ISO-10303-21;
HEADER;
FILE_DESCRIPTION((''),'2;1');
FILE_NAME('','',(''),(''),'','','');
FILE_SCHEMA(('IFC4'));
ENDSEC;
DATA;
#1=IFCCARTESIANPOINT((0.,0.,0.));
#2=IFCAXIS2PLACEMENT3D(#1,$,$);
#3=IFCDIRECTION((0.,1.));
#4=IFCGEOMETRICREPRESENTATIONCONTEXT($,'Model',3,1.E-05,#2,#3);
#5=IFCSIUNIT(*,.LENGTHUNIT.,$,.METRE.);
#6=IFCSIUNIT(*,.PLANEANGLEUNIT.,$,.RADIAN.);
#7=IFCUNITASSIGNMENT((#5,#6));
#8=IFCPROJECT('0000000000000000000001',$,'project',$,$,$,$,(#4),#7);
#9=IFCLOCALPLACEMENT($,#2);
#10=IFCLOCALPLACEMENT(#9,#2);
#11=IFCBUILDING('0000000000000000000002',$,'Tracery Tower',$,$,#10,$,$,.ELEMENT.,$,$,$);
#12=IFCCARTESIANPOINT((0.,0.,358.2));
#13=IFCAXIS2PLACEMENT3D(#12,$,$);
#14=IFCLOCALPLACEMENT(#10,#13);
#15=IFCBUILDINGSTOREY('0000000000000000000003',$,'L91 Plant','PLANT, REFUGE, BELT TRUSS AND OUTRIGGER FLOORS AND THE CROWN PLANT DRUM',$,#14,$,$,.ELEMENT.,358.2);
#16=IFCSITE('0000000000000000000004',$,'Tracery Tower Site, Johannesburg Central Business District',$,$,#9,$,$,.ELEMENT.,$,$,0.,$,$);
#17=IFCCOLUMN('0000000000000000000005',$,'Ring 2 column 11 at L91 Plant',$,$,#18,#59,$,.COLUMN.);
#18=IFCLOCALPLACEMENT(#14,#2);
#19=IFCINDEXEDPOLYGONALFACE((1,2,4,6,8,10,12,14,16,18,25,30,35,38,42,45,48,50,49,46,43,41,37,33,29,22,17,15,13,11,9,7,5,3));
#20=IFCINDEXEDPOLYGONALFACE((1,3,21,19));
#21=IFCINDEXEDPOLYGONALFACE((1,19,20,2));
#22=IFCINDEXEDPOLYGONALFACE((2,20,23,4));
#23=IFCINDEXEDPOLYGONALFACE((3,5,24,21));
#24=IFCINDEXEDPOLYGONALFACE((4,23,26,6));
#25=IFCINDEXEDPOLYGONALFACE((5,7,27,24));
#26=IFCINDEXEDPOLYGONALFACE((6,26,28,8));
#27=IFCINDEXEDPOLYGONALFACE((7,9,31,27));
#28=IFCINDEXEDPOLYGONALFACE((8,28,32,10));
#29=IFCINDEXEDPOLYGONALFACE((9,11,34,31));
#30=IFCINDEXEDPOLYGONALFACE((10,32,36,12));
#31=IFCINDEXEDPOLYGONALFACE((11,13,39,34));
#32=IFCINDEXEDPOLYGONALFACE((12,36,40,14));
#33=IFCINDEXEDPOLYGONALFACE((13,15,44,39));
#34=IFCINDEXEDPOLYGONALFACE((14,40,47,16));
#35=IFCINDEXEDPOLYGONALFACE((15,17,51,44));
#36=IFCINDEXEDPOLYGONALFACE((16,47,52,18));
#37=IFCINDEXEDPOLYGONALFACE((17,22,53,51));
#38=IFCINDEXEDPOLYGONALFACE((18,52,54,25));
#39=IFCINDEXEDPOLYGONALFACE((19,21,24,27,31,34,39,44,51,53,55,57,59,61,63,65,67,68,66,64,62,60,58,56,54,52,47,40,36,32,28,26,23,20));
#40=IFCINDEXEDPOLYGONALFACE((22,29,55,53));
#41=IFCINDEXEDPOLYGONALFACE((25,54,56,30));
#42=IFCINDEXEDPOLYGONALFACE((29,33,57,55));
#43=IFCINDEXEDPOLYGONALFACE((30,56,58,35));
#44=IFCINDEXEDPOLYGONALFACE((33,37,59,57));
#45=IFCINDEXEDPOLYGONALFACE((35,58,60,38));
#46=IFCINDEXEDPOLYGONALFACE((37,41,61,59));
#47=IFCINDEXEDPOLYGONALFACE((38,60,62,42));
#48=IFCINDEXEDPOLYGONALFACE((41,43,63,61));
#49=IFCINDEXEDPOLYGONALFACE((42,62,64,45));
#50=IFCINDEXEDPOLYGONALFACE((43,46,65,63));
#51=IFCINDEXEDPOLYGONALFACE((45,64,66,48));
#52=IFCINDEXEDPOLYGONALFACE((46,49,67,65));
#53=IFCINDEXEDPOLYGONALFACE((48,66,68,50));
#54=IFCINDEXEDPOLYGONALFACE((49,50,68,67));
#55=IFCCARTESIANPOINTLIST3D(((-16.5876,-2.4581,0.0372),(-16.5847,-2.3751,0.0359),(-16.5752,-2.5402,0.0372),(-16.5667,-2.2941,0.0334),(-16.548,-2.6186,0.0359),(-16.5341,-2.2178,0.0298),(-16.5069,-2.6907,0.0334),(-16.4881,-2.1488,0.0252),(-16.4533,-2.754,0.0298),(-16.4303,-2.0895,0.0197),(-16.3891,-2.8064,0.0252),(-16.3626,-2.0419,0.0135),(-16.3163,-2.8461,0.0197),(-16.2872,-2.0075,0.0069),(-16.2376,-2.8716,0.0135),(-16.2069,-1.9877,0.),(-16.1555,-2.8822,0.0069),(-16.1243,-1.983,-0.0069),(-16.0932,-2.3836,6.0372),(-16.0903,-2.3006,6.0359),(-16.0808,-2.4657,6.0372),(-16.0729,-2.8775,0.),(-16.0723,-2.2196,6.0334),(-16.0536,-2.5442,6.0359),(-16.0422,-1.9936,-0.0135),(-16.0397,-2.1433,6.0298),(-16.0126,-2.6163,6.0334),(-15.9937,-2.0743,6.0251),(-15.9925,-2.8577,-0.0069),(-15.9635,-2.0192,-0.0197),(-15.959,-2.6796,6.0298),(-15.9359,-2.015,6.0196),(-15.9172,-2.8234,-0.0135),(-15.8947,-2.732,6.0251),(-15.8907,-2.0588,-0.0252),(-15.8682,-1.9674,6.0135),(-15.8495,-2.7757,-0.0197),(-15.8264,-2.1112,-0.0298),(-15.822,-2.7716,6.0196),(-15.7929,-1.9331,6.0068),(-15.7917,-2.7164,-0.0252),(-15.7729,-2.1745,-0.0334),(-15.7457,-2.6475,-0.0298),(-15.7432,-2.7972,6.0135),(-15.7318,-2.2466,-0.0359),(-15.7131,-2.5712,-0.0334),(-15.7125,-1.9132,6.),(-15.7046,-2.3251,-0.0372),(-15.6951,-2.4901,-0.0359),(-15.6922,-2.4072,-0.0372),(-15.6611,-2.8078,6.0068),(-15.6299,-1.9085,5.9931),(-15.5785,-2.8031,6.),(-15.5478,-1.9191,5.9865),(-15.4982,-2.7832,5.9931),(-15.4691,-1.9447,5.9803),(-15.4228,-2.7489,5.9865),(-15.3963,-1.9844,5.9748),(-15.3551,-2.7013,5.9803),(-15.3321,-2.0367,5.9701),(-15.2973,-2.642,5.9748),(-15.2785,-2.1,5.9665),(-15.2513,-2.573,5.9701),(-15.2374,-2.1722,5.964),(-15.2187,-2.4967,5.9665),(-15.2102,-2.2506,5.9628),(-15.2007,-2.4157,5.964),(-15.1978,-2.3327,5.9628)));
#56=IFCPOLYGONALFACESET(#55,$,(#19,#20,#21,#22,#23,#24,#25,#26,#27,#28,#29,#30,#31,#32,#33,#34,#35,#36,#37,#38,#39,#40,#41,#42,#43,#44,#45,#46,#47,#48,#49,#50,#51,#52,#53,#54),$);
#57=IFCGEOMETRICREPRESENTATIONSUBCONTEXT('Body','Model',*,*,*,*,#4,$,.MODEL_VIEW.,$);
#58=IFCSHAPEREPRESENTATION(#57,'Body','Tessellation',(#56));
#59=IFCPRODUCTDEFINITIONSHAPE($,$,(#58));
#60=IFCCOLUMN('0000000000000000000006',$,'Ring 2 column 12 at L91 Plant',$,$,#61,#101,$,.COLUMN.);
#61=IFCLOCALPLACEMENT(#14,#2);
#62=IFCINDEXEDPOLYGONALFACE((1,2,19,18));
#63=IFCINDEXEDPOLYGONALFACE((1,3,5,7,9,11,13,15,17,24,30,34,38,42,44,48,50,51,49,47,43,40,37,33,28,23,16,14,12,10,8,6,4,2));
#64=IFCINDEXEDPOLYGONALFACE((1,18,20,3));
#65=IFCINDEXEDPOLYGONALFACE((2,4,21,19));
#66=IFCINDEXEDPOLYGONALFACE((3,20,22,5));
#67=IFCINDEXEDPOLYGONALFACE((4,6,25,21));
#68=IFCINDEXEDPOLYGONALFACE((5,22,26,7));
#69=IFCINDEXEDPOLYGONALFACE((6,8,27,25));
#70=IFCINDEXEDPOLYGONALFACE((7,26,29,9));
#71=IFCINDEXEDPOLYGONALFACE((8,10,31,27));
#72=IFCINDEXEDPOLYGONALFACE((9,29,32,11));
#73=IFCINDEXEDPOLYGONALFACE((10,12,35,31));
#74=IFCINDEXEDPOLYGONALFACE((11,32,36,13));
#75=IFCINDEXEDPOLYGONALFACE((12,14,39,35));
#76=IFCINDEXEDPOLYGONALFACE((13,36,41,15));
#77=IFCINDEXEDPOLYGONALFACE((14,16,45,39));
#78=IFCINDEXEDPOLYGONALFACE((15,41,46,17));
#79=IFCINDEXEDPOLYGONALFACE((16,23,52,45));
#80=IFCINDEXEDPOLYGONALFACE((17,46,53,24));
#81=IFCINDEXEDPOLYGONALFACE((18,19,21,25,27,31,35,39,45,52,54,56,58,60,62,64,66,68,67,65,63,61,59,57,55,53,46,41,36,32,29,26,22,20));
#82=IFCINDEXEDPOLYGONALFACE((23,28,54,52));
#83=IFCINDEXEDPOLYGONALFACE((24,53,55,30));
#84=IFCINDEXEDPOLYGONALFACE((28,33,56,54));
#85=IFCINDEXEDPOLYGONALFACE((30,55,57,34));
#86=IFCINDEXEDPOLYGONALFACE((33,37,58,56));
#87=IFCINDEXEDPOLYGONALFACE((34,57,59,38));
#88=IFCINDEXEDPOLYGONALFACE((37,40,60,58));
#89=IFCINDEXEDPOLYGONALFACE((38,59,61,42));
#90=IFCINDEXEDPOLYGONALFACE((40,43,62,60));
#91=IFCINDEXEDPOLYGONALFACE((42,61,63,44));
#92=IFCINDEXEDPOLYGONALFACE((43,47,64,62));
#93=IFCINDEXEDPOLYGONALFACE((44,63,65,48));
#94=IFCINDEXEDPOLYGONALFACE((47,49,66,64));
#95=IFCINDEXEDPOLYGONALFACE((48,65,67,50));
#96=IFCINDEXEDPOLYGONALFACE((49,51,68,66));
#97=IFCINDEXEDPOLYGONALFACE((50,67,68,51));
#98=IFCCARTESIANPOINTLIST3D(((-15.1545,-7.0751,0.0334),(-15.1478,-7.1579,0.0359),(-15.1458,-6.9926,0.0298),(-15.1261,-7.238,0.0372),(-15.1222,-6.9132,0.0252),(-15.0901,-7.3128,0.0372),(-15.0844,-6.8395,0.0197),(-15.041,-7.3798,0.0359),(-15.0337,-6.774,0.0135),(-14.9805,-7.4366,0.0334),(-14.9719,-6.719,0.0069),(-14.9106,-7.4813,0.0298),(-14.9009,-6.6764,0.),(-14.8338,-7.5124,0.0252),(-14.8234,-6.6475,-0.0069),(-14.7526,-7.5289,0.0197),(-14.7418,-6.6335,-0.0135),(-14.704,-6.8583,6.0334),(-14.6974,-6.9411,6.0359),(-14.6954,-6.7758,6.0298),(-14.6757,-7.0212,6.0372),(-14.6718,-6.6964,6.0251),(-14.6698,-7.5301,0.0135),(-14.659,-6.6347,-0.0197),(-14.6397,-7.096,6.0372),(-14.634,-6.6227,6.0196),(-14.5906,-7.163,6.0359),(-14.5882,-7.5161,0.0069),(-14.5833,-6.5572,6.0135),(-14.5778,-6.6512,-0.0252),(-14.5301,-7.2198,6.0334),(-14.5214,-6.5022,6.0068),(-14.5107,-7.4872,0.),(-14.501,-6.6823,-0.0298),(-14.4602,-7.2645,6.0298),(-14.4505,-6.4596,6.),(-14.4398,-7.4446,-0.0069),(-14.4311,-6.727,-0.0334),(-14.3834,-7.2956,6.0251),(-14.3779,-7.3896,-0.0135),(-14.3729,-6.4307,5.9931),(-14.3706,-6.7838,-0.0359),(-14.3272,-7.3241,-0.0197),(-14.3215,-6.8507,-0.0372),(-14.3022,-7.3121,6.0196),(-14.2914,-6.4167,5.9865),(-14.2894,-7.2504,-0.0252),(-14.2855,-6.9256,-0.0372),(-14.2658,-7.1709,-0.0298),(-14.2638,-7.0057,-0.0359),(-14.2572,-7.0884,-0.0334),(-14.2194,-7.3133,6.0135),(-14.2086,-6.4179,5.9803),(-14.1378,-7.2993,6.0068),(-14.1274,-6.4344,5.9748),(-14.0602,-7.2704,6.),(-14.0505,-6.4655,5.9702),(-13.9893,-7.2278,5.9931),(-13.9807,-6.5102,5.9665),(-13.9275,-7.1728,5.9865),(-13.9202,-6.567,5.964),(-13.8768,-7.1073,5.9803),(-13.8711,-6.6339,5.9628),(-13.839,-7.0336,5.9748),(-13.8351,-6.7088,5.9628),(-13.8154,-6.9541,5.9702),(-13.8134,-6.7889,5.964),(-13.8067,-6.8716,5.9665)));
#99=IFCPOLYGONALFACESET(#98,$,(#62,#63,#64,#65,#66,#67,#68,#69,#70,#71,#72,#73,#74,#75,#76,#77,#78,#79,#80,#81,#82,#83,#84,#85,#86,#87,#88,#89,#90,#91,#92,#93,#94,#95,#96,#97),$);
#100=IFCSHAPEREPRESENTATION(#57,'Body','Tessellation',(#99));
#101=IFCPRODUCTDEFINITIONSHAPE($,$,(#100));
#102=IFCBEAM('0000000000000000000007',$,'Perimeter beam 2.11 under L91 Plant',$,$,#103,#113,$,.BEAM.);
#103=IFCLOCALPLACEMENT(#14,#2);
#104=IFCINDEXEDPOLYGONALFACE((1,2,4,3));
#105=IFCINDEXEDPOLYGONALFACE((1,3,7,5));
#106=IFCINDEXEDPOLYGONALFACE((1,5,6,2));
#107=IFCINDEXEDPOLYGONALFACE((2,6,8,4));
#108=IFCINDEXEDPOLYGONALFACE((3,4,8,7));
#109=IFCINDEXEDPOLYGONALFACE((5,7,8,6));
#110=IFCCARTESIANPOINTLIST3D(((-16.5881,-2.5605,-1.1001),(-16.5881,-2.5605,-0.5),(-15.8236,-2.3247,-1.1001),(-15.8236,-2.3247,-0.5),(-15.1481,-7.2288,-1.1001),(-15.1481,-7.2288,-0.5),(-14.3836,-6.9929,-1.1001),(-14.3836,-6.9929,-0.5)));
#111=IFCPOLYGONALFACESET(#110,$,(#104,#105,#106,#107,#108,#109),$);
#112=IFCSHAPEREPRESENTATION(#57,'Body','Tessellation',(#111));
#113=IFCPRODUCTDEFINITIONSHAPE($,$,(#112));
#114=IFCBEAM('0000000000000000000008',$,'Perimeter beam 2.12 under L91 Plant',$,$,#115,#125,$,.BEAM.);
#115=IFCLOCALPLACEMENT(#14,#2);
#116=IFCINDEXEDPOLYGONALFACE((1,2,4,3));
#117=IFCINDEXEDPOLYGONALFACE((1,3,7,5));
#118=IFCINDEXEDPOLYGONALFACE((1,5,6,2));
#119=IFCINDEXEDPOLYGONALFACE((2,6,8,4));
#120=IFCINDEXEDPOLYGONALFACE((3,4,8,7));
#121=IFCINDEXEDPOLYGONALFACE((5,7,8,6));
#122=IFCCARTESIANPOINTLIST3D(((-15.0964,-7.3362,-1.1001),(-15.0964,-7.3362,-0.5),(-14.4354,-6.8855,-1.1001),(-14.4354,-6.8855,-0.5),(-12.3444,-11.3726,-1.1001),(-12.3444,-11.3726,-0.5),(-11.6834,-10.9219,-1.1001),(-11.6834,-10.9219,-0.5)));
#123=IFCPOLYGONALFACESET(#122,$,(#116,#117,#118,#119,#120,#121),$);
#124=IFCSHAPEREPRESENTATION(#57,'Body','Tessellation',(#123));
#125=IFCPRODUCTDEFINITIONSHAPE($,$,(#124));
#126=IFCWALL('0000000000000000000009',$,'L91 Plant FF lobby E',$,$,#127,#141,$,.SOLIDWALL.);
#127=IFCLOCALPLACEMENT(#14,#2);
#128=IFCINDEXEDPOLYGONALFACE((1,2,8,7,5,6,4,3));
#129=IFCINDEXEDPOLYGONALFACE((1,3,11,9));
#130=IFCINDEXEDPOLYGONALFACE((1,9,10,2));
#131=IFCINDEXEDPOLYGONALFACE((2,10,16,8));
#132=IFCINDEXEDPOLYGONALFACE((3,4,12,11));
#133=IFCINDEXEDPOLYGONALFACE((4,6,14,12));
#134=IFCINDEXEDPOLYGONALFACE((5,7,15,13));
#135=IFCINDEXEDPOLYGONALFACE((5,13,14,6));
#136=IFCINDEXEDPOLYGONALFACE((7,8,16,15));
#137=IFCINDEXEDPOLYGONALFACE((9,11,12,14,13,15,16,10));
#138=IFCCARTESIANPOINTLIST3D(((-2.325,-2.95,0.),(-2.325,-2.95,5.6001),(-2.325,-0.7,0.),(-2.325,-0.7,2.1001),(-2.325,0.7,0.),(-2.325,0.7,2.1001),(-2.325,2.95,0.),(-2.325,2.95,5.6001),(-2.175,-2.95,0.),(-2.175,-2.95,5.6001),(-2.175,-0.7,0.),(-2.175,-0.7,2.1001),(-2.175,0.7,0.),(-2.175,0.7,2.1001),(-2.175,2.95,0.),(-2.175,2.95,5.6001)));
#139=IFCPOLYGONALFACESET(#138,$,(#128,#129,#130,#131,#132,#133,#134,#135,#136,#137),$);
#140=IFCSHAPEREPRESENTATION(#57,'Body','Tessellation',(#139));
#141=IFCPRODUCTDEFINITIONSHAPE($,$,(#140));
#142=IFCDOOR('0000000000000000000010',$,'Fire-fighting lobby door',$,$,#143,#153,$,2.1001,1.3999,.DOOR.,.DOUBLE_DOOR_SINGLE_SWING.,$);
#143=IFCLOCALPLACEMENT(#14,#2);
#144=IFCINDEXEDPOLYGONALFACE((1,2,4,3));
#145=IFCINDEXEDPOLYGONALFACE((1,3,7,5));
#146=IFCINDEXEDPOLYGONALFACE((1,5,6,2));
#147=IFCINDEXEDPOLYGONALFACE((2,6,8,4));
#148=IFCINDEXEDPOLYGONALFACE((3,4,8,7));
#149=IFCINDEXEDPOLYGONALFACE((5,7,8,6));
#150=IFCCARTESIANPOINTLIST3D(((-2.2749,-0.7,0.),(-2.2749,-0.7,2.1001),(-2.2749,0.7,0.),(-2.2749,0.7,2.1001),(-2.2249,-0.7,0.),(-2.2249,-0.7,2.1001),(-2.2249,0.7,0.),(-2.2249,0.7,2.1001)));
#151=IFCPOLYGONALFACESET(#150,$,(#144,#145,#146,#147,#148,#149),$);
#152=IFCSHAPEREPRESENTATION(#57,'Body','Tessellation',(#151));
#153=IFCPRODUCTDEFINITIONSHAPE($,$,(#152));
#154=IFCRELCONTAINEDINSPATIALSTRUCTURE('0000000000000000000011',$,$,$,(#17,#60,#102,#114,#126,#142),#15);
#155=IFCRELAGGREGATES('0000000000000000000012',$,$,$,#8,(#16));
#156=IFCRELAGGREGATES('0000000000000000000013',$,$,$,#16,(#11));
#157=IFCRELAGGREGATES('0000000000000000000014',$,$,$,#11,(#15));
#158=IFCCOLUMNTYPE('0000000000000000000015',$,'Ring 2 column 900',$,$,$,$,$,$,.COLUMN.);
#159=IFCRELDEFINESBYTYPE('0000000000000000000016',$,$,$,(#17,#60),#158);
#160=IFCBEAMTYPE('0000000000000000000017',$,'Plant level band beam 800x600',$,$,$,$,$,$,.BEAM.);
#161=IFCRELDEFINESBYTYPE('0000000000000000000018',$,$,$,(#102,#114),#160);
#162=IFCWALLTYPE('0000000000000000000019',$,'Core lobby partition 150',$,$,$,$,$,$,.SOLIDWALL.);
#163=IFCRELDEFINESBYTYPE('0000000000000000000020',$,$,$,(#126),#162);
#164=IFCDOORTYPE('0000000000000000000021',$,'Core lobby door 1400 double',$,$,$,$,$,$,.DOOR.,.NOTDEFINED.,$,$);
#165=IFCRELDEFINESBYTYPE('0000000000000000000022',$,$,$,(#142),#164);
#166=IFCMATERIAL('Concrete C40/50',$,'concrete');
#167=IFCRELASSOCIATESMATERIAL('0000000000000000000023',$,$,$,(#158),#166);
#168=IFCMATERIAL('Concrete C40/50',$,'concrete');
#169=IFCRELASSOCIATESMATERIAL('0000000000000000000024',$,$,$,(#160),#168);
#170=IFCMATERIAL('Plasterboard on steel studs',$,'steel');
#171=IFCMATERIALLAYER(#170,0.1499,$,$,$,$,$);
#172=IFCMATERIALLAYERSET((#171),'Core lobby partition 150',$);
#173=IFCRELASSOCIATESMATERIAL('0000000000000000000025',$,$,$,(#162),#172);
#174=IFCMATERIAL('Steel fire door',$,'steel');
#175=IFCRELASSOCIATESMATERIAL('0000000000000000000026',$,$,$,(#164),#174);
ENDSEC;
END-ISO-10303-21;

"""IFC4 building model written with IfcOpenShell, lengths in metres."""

from ifc_helpers import new_model, si_unit, direction, frame, frame_2d, origin, origin_2d, place, context, subcontext, project, spatial, rectangle, circle, extrude, material, layer, layer_set, material_profile, profile_set, type_object, element, fill, save


model = new_model("IFC4")

# Units and contexts
model_context = context("Model", 3, precision=1e-05, world=origin(), true_north=direction((0.0, 1.0)))
body_context = subcontext(model_context, "Body", "Model", "MODEL_VIEW")
ifc_project = project(units=[si_unit("LENGTHUNIT", "METRE"), si_unit("PLANEANGLEUNIT", "RADIAN")], contexts=[model_context])

# Site, building, storey
site_placement = place(None, origin())
site = spatial("IfcSite", under=ifc_project, at=site_placement, Name="Tracery Tower Site, Johannesburg Central Business District", CompositionType="ELEMENT", RefElevation=0.0)
building_placement = place(site_placement, origin())
building = spatial("IfcBuilding", under=site, at=building_placement, Name="Tracery Tower", CompositionType="ELEMENT")
storey_placement = place(building_placement, frame((0.0, 0.0, 358.2)))
storey = spatial("IfcBuildingStorey", under=building, at=storey_placement, Name="L91 Plant", Description="PLANT, REFUGE, BELT TRUSS AND OUTRIGGER FLOORS AND THE CROWN PLANT DRUM", CompositionType="ELEMENT", Elevation=358.2)

# Columns
ifc_material_1 = material(Name="Concrete C40/50", Category="concrete")
ifc_material_profile_1 = material_profile(ifc_material_1, circle(Radius=0.45, at=origin_2d()), Name="RC D900")
ifc_profile_set_1 = profile_set([ifc_material_profile_1], Name="Concrete C40/50")
column_type = type_object("IfcColumnType", Name="Ring 2 column 900", PredefinedType="COLUMN", material=ifc_profile_set_1)
for number, where, z_axis, x_axis, name in (
    (1, (-16.1399, -2.4326, 0.0), (0.082113, 0.012368, 0.996546), (-0.148937, 0.988847, 0.0), "Ring 2 column 11 at L91 Plant"),
    (2, (-14.7058, -7.0818, 0.0), (0.074814, 0.036008, 0.996547), (-0.433683, 0.901065, 0.0), "Ring 2 column 12 at L91 Plant"),
):
    element("IfcColumn", number, at=place(storey_placement, frame(where, z_axis=z_axis, x_axis=x_axis)), inside=storey, type_object=column_type, Name=name, PredefinedType="COLUMN", context=body_context, shape_type="SweptSolid", body=[
        extrude(circle(Radius=0.45, at=origin_2d()), origin(), (0.0, 0.0, 1.0), 6.0208),
    ])

# Beams
ifc_material_2 = material(Name="Concrete C40/50", Category="concrete")
ifc_material_profile_2 = material_profile(ifc_material_2, rectangle(XDim=0.8, YDim=0.6001, at=origin_2d()), Name="RC 800x600")
ifc_profile_set_2 = profile_set([ifc_material_profile_2], Name="Concrete C40/50")
beam_type = type_object("IfcBeamType", Name="Plant level band beam 800x600", PredefinedType="BEAM", material=ifc_profile_set_2)
for number, where, z_axis, x_axis, name in (
    (3, (-16.2058, -2.4426, -0.8), (0.294753, -0.955573, 0.0), (0.955573, 0.294753, 0.0), "Perimeter beam 2.11 under L91 Plant"),
    (4, (-14.7659, -7.1108, -0.8), (0.56332, -0.826239, 0.0), (0.826239, 0.56332, 0.0), "Perimeter beam 2.12 under L91 Plant"),
):
    element("IfcBeam", number, at=place(storey_placement, frame(where, z_axis=z_axis, x_axis=x_axis)), inside=storey, type_object=beam_type, Name=name, PredefinedType="BEAM", context=body_context, shape_type="SweptSolid", body=[
        extrude(rectangle(XDim=0.8, YDim=0.6001, at=origin_2d()), origin(), (0.0, 0.0, 1.0), 4.8853),
    ])

# Wall, opening, door
ifc_material_3 = material(Name="Plasterboard on steel studs", Category="steel")
ifc_layer_1 = layer(ifc_material_3, 0.1499)
ifc_layer_set_1 = layer_set([ifc_layer_1], Name="Core lobby partition 150")
wall_type_1 = type_object("IfcWallType", Name="Core lobby partition 150", PredefinedType="SOLIDWALL", material=ifc_layer_set_1)
wall_1_placement = place(storey_placement, frame((-2.25, -2.95, 0.0), z_axis=(0.0, 0.0, 1.0), x_axis=(0.0, 1.0, 0.0)))
wall_1 = element("IfcWall", 5, at=wall_1_placement, inside=storey, type_object=wall_type_1, Name="L91 Plant FF lobby E", PredefinedType="SOLIDWALL", context=body_context, shape_type="SweptSolid", body=[
    extrude(rectangle(XDim=5.8999, YDim=0.1499, at=frame_2d((2.95, 0.0))), origin(), (0.0, 0.0, 1.0), 5.6001),
])
opening_1_placement = place(wall_1_placement, frame((2.25, 0.0, 0.0)))
opening_1 = element("IfcOpeningElement", 6, at=opening_1_placement, cuts=wall_1, PredefinedType="OPENING", context=body_context, shape_type="SweptSolid", body=[
    extrude(rectangle(XDim=1.3999, YDim=2.1001, at=frame_2d((0.7, 1.05))), frame((0.0, 0.075, 0.0), z_axis=(0.0, -1.0, 0.0), x_axis=(1.0, 0.0, 0.0)), (0.0, 0.0, 1.0), 0.1499),
])
ifc_material_4 = material(Name="Steel fire door", Category="steel")
door_type_1 = type_object("IfcDoorType", Name="Core lobby door 1400 double", OperationType="NOTDEFINED", PredefinedType="DOOR", material=ifc_material_4)
door_1_placement = place(opening_1_placement, origin())
door_1 = element("IfcDoor", 7, at=door_1_placement, inside=storey, type_object=door_type_1, Name="Fire-fighting lobby door", OperationType="DOUBLE_DOOR_SINGLE_SWING", OverallHeight=2.1001, OverallWidth=1.3999, PredefinedType="DOOR", context=body_context, shape_type="SweptSolid", body=[
    extrude(rectangle(XDim=1.3999, YDim=2.1001, at=frame_2d((0.7, 1.05))), frame((0.0, 0.0249, 0.0), z_axis=(0.0, -1.0, 0.0), x_axis=(1.0, 0.0, 0.0)), (0.0, 0.0, 1.0), 0.05),
])
fill(opening_1, door_1)

save(model, "model.ifc")
